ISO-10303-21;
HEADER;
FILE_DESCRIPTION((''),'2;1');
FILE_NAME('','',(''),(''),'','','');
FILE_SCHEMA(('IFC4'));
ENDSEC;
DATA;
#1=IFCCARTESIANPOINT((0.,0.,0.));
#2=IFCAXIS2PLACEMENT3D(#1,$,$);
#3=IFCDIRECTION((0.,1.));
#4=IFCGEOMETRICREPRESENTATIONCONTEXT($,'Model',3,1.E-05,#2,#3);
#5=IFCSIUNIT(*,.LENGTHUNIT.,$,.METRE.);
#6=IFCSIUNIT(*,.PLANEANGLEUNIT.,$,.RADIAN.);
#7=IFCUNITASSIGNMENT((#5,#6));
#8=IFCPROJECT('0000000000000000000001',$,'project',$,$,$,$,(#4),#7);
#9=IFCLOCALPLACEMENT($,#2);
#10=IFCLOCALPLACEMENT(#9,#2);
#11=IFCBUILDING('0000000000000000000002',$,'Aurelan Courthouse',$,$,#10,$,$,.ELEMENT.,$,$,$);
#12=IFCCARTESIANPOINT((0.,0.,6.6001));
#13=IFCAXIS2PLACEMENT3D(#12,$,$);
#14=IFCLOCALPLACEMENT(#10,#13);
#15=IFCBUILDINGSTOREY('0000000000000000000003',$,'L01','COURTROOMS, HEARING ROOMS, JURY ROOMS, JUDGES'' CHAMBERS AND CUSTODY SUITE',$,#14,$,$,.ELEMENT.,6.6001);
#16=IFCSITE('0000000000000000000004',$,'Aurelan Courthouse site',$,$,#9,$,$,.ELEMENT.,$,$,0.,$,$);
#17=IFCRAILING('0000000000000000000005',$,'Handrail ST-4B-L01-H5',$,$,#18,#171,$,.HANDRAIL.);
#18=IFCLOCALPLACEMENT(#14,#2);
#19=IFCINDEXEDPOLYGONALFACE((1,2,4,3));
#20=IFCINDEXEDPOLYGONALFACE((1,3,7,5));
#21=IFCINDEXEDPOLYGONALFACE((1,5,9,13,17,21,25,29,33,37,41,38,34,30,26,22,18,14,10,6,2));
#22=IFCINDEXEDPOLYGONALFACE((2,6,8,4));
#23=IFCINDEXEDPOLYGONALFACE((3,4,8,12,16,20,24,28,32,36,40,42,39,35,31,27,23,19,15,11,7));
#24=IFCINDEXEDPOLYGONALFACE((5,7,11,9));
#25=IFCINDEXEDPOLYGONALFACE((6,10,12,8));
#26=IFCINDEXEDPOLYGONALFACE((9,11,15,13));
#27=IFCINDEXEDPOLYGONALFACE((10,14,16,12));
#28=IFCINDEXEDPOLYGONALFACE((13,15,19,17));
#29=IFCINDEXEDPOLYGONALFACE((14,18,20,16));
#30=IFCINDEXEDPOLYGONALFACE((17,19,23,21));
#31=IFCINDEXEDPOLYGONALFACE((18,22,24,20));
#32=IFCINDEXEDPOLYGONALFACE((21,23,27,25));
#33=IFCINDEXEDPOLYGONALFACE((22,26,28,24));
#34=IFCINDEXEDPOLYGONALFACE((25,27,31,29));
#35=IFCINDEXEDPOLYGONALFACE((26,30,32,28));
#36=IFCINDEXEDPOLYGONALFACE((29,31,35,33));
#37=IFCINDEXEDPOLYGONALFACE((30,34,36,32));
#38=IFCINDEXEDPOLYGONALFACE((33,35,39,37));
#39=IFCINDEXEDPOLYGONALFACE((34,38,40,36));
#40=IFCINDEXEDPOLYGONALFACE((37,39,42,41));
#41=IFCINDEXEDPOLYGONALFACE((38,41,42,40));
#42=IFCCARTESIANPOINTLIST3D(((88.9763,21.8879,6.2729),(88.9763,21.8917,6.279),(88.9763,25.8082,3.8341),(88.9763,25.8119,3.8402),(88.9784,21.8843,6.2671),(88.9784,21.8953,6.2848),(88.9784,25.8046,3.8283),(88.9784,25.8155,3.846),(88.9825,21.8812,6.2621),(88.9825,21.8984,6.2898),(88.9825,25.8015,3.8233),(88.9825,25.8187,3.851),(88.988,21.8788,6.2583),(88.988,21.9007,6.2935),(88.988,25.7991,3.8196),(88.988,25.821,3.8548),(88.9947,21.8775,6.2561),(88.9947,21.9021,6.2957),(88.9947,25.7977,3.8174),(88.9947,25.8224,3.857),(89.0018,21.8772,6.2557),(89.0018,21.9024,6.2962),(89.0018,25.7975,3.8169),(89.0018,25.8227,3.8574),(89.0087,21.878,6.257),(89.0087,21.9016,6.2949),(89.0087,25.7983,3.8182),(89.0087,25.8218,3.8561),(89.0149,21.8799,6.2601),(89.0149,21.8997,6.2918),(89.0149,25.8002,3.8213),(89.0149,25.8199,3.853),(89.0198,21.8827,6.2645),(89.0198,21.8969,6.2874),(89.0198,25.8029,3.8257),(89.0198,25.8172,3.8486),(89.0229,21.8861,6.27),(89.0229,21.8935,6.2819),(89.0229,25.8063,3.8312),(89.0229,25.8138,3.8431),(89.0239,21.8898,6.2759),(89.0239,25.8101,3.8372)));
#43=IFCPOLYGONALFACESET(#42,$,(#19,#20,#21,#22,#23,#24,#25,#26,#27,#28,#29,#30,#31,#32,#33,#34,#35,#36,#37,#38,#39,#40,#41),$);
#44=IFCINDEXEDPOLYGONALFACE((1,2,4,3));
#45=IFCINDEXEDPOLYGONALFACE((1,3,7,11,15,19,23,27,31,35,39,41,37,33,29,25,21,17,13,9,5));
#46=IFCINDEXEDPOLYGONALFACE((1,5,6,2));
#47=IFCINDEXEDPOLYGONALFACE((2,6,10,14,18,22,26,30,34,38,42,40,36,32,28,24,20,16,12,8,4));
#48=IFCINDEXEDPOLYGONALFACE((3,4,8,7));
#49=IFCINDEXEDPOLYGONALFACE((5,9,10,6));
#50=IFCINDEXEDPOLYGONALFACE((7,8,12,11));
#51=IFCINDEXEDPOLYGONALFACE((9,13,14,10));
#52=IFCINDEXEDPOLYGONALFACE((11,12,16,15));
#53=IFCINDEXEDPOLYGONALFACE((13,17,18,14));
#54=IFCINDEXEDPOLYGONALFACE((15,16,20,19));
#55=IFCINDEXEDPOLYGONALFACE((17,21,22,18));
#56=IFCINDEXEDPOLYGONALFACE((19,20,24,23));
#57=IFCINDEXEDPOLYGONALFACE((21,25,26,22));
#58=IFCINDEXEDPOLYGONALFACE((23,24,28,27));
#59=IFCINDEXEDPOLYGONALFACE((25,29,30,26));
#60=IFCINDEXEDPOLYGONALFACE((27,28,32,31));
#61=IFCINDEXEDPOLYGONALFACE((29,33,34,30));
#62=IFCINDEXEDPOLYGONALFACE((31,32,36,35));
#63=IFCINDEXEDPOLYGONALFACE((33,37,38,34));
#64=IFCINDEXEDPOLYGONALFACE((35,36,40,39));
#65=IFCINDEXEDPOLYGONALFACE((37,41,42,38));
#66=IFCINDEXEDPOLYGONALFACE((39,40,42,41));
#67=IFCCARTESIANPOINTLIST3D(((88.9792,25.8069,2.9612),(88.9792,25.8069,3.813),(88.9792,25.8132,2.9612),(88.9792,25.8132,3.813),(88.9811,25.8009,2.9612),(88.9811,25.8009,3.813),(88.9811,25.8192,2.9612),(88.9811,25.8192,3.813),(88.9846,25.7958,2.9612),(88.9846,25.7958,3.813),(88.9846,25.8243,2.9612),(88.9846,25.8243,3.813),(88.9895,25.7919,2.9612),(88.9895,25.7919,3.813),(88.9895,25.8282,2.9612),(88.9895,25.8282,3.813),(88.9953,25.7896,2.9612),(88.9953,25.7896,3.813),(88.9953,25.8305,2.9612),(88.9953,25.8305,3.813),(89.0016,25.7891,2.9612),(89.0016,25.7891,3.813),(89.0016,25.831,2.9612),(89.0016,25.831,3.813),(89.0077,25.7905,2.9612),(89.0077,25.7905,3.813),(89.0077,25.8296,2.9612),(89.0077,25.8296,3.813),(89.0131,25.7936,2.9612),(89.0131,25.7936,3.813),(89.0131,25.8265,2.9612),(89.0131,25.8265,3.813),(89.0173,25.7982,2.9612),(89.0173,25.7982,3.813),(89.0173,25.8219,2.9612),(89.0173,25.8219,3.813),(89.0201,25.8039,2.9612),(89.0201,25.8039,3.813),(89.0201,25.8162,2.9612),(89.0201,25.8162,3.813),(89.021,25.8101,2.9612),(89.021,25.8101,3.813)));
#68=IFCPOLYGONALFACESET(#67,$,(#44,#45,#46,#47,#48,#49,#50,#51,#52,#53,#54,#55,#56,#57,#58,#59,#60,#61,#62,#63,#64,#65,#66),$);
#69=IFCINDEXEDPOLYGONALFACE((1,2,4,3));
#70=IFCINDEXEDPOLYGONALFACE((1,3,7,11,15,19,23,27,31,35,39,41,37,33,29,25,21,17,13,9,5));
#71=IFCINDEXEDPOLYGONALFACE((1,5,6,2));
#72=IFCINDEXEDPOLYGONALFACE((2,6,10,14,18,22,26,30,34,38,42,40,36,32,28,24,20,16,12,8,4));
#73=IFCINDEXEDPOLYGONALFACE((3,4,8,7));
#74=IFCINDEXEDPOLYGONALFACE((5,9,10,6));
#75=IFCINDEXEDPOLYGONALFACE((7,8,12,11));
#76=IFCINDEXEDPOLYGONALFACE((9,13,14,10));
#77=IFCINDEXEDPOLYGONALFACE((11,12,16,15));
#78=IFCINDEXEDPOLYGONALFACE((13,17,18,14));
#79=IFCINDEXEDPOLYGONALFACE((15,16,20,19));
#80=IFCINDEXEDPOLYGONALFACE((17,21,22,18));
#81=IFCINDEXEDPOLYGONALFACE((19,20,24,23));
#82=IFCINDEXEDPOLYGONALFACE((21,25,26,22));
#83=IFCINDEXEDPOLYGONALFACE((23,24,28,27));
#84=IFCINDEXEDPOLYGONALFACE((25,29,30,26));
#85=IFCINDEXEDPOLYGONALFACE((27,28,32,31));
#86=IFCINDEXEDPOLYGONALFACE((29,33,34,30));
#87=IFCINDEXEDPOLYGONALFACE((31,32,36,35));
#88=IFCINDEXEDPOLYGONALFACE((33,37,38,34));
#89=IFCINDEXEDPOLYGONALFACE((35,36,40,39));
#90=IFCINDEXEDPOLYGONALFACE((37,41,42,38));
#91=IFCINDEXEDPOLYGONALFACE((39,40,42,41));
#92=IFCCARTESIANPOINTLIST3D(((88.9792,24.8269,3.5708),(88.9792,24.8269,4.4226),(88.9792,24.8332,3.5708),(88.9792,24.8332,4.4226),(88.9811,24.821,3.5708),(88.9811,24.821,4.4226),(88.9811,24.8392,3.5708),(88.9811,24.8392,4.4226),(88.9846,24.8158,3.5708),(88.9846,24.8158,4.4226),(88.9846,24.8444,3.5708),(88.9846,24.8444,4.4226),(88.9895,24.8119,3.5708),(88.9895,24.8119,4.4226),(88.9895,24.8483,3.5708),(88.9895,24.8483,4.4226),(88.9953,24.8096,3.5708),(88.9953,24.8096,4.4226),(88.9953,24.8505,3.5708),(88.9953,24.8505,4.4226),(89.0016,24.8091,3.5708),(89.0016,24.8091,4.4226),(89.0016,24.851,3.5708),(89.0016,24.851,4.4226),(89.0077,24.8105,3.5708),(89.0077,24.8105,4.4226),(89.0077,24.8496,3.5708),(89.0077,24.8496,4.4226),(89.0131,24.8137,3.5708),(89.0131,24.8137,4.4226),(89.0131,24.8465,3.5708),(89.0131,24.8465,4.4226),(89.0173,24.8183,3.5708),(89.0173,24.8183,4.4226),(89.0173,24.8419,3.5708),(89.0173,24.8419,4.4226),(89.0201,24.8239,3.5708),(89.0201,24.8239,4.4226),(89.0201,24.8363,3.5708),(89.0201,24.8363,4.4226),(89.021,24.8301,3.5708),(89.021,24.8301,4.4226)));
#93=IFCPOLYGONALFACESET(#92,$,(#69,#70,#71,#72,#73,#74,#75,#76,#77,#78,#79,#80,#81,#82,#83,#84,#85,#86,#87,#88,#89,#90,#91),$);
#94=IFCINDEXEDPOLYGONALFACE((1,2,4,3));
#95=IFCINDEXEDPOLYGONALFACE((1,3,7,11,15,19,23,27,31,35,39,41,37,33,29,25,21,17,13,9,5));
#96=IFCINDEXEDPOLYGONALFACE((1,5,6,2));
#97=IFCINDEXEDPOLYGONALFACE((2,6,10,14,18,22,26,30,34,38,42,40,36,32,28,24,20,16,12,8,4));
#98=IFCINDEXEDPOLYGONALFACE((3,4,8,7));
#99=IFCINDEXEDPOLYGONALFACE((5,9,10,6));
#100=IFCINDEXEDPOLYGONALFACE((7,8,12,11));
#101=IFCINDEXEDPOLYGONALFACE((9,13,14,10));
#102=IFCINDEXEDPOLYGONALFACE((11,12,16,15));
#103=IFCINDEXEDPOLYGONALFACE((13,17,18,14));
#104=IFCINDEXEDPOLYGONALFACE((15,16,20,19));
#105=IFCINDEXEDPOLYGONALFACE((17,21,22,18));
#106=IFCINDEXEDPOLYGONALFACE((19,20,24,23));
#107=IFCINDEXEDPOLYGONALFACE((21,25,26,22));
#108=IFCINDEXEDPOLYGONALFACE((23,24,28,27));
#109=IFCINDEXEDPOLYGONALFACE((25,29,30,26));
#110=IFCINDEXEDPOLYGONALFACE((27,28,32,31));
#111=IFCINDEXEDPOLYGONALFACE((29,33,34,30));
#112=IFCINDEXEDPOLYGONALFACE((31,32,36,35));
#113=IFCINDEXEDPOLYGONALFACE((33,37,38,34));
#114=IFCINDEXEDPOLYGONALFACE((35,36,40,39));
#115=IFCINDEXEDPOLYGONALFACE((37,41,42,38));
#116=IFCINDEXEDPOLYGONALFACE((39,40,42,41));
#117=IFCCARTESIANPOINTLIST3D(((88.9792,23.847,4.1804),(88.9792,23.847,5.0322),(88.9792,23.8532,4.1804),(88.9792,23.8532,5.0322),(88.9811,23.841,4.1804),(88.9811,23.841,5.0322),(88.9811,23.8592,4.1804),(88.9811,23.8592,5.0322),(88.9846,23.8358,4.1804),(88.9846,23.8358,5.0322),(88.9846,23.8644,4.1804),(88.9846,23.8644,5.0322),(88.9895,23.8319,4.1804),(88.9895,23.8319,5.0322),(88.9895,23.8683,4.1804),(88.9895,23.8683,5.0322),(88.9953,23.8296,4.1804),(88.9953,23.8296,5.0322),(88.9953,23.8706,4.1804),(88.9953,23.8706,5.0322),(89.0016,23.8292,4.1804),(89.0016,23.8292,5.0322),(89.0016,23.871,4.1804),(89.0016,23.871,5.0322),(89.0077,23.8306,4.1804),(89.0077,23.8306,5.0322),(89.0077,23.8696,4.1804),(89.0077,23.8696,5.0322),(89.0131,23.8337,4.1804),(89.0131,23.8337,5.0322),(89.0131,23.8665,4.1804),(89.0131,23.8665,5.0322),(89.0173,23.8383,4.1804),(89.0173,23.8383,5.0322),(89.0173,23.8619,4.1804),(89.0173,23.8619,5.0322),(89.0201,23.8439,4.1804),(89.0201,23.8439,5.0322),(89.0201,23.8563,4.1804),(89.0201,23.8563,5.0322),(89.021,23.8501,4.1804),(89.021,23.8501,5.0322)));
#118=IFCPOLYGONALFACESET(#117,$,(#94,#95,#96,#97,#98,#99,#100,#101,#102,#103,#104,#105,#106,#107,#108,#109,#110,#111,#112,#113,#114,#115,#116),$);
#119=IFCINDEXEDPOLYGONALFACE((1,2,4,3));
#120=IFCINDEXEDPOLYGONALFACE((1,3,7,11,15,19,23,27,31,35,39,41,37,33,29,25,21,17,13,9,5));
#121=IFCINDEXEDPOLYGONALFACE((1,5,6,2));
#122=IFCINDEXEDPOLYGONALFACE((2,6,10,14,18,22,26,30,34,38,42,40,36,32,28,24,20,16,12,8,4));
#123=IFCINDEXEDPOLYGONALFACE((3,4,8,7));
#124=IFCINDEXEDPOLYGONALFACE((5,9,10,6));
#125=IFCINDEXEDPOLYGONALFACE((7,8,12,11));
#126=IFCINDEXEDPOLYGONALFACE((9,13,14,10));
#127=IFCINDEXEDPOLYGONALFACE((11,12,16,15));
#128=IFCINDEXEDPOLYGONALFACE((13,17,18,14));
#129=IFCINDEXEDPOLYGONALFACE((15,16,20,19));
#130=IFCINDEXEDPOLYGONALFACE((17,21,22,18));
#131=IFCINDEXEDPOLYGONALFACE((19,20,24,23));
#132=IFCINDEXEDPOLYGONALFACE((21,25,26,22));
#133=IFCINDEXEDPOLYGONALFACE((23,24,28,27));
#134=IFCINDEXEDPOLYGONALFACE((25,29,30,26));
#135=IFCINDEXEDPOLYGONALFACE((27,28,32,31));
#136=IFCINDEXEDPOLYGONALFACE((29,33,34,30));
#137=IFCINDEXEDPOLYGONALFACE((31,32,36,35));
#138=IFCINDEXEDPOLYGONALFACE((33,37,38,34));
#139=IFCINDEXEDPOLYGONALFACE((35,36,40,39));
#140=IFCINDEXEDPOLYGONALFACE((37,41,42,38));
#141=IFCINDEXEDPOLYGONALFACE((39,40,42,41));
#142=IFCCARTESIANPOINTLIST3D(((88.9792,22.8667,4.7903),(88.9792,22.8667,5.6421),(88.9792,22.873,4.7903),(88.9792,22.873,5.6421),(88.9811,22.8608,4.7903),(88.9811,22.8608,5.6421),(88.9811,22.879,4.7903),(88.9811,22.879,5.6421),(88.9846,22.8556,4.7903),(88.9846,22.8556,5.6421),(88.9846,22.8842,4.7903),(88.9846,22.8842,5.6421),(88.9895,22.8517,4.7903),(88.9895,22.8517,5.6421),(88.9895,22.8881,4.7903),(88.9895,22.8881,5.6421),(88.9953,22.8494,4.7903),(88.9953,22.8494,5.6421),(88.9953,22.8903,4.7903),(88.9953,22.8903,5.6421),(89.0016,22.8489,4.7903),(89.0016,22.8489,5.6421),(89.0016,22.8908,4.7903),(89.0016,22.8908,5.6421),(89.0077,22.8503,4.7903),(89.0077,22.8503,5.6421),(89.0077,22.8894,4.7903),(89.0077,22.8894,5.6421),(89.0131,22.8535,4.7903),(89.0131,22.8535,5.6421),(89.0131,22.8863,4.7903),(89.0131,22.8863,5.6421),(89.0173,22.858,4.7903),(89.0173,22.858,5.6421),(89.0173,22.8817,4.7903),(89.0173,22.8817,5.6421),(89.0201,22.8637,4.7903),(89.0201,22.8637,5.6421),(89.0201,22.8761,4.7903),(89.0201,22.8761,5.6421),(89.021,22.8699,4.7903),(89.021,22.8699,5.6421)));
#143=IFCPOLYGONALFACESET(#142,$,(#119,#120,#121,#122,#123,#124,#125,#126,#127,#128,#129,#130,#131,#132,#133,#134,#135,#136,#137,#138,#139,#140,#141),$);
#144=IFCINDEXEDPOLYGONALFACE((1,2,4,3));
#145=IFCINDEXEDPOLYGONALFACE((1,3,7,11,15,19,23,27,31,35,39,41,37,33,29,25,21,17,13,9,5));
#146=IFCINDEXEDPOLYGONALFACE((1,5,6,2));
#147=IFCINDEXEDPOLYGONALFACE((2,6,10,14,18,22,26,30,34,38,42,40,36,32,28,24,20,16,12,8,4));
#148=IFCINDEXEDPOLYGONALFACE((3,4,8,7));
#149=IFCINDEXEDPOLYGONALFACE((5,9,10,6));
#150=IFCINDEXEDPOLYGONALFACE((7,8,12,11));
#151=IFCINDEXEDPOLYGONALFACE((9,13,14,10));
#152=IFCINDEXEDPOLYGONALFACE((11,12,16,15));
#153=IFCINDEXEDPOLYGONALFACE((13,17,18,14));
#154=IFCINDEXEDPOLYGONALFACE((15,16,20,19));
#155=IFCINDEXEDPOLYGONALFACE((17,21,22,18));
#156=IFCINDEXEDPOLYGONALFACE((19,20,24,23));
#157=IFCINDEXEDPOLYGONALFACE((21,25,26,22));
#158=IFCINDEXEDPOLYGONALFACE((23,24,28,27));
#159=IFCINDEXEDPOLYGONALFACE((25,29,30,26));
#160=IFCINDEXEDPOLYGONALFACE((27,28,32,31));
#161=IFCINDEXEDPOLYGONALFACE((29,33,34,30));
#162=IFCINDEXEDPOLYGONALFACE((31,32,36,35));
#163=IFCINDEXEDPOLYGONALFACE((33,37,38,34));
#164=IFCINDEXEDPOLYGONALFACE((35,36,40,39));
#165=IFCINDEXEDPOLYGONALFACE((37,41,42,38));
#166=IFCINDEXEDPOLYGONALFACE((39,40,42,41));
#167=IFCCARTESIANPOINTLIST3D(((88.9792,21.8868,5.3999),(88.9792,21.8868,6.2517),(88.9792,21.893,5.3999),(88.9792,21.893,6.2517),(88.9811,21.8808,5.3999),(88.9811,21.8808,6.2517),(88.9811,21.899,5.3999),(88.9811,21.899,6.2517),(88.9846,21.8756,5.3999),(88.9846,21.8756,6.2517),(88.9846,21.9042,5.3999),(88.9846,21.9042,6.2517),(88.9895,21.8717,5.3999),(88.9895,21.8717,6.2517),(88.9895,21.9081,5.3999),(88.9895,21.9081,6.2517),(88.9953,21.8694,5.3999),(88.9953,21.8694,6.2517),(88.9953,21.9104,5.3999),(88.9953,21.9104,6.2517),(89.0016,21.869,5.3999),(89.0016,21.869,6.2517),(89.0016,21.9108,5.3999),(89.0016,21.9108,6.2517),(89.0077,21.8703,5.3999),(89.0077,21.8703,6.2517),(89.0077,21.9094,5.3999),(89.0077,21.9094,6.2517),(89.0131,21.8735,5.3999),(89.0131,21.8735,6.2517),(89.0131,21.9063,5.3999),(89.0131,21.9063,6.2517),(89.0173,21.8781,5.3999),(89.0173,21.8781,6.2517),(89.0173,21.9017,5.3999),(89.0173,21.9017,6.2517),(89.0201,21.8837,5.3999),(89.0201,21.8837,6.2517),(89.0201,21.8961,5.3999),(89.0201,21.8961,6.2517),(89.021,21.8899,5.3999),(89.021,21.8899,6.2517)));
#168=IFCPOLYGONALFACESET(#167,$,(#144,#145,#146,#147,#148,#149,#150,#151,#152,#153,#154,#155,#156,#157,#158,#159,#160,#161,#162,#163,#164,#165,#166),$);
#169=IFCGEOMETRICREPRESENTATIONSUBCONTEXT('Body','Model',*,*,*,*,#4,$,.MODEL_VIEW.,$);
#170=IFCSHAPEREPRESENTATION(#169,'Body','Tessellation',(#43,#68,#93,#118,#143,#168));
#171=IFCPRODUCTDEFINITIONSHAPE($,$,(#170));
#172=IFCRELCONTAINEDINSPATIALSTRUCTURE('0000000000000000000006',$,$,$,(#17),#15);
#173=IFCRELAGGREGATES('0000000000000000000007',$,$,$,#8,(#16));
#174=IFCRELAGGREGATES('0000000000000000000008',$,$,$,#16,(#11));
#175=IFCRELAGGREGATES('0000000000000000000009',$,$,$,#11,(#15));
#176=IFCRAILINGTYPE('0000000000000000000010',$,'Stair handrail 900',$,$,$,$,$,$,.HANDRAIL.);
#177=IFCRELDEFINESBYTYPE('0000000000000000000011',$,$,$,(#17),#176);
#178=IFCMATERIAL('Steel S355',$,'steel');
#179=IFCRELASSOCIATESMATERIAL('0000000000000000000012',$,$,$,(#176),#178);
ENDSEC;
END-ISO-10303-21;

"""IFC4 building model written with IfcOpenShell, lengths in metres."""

from ifc_helpers import new_model, si_unit, direction, frame, origin, origin_2d, place, context, subcontext, project, spatial, circle, extrude, material, type_object, element, save


model = new_model("IFC4")

# Units and contexts
model_context = context("Model", 3, precision=1e-05, world=origin(), true_north=direction((0.0, 1.0)))
body_context = subcontext(model_context, "Body", "Model", "MODEL_VIEW")
ifc_project = project(units=[si_unit("LENGTHUNIT", "METRE"), si_unit("PLANEANGLEUNIT", "RADIAN")], contexts=[model_context])

# Site, building, storey
site_placement = place(None, origin())
site = spatial("IfcSite", under=ifc_project, at=site_placement, Name="Aurelan Courthouse site", CompositionType="ELEMENT", RefElevation=0.0)
building_placement = place(site_placement, origin())
building = spatial("IfcBuilding", under=site, at=building_placement, Name="Aurelan Courthouse", CompositionType="ELEMENT")
storey_placement = place(building_placement, frame((0.0, 0.0, 6.6001)))
storey = spatial("IfcBuildingStorey", under=building, at=storey_placement, Name="L01", Description="COURTROOMS, HEARING ROOMS, JURY ROOMS, JUDGES' CHAMBERS AND CUSTODY SUITE", CompositionType="ELEMENT", Elevation=6.6001)

# Railing
ifc_material_1 = material(Name="Steel S355", Category="steel")
railing_type_1 = type_object("IfcRailingType", Name="Stair handrail 900", PredefinedType="HANDRAIL", material=ifc_material_1)
for number, where, name in (
    (1, (89.0, 25.8101, 2.9612), "Handrail ST-4B-L01-H5"),
):
    element("IfcRailing", number, at=place(storey_placement, frame(where)), inside=storey, type_object=railing_type_1, Name=name, PredefinedType="HANDRAIL", context=body_context, shape_type="SweptSolid", body=[
        extrude(circle(Radius=0.0239, at=origin_2d()), frame((0.0, 0.0, 0.876), z_axis=(0.0, -0.849105, 0.528225), x_axis=(1.0, 0.0, 0.0)), (0.0, 0.0, 1.0), 4.6169),
        extrude(circle(Radius=0.021, at=origin_2d()), origin(), (0.0, 0.0, 1.0), 0.8518),
        extrude(circle(Radius=0.021, at=origin_2d()), frame((0.0, -0.98, 0.6096)), (0.0, 0.0, 1.0), 0.8518),
        extrude(circle(Radius=0.021, at=origin_2d()), frame((0.0, -1.96, 1.2192)), (0.0, 0.0, 1.0), 0.8518),
        extrude(circle(Radius=0.021, at=origin_2d()), frame((0.0, -2.9402, 1.8291)), (0.0, 0.0, 1.0), 0.8518),
        extrude(circle(Radius=0.021, at=origin_2d()), frame((0.0, -3.9202, 2.4387)), (0.0, 0.0, 1.0), 0.8518),
    ])

save(model, "model.ifc")
